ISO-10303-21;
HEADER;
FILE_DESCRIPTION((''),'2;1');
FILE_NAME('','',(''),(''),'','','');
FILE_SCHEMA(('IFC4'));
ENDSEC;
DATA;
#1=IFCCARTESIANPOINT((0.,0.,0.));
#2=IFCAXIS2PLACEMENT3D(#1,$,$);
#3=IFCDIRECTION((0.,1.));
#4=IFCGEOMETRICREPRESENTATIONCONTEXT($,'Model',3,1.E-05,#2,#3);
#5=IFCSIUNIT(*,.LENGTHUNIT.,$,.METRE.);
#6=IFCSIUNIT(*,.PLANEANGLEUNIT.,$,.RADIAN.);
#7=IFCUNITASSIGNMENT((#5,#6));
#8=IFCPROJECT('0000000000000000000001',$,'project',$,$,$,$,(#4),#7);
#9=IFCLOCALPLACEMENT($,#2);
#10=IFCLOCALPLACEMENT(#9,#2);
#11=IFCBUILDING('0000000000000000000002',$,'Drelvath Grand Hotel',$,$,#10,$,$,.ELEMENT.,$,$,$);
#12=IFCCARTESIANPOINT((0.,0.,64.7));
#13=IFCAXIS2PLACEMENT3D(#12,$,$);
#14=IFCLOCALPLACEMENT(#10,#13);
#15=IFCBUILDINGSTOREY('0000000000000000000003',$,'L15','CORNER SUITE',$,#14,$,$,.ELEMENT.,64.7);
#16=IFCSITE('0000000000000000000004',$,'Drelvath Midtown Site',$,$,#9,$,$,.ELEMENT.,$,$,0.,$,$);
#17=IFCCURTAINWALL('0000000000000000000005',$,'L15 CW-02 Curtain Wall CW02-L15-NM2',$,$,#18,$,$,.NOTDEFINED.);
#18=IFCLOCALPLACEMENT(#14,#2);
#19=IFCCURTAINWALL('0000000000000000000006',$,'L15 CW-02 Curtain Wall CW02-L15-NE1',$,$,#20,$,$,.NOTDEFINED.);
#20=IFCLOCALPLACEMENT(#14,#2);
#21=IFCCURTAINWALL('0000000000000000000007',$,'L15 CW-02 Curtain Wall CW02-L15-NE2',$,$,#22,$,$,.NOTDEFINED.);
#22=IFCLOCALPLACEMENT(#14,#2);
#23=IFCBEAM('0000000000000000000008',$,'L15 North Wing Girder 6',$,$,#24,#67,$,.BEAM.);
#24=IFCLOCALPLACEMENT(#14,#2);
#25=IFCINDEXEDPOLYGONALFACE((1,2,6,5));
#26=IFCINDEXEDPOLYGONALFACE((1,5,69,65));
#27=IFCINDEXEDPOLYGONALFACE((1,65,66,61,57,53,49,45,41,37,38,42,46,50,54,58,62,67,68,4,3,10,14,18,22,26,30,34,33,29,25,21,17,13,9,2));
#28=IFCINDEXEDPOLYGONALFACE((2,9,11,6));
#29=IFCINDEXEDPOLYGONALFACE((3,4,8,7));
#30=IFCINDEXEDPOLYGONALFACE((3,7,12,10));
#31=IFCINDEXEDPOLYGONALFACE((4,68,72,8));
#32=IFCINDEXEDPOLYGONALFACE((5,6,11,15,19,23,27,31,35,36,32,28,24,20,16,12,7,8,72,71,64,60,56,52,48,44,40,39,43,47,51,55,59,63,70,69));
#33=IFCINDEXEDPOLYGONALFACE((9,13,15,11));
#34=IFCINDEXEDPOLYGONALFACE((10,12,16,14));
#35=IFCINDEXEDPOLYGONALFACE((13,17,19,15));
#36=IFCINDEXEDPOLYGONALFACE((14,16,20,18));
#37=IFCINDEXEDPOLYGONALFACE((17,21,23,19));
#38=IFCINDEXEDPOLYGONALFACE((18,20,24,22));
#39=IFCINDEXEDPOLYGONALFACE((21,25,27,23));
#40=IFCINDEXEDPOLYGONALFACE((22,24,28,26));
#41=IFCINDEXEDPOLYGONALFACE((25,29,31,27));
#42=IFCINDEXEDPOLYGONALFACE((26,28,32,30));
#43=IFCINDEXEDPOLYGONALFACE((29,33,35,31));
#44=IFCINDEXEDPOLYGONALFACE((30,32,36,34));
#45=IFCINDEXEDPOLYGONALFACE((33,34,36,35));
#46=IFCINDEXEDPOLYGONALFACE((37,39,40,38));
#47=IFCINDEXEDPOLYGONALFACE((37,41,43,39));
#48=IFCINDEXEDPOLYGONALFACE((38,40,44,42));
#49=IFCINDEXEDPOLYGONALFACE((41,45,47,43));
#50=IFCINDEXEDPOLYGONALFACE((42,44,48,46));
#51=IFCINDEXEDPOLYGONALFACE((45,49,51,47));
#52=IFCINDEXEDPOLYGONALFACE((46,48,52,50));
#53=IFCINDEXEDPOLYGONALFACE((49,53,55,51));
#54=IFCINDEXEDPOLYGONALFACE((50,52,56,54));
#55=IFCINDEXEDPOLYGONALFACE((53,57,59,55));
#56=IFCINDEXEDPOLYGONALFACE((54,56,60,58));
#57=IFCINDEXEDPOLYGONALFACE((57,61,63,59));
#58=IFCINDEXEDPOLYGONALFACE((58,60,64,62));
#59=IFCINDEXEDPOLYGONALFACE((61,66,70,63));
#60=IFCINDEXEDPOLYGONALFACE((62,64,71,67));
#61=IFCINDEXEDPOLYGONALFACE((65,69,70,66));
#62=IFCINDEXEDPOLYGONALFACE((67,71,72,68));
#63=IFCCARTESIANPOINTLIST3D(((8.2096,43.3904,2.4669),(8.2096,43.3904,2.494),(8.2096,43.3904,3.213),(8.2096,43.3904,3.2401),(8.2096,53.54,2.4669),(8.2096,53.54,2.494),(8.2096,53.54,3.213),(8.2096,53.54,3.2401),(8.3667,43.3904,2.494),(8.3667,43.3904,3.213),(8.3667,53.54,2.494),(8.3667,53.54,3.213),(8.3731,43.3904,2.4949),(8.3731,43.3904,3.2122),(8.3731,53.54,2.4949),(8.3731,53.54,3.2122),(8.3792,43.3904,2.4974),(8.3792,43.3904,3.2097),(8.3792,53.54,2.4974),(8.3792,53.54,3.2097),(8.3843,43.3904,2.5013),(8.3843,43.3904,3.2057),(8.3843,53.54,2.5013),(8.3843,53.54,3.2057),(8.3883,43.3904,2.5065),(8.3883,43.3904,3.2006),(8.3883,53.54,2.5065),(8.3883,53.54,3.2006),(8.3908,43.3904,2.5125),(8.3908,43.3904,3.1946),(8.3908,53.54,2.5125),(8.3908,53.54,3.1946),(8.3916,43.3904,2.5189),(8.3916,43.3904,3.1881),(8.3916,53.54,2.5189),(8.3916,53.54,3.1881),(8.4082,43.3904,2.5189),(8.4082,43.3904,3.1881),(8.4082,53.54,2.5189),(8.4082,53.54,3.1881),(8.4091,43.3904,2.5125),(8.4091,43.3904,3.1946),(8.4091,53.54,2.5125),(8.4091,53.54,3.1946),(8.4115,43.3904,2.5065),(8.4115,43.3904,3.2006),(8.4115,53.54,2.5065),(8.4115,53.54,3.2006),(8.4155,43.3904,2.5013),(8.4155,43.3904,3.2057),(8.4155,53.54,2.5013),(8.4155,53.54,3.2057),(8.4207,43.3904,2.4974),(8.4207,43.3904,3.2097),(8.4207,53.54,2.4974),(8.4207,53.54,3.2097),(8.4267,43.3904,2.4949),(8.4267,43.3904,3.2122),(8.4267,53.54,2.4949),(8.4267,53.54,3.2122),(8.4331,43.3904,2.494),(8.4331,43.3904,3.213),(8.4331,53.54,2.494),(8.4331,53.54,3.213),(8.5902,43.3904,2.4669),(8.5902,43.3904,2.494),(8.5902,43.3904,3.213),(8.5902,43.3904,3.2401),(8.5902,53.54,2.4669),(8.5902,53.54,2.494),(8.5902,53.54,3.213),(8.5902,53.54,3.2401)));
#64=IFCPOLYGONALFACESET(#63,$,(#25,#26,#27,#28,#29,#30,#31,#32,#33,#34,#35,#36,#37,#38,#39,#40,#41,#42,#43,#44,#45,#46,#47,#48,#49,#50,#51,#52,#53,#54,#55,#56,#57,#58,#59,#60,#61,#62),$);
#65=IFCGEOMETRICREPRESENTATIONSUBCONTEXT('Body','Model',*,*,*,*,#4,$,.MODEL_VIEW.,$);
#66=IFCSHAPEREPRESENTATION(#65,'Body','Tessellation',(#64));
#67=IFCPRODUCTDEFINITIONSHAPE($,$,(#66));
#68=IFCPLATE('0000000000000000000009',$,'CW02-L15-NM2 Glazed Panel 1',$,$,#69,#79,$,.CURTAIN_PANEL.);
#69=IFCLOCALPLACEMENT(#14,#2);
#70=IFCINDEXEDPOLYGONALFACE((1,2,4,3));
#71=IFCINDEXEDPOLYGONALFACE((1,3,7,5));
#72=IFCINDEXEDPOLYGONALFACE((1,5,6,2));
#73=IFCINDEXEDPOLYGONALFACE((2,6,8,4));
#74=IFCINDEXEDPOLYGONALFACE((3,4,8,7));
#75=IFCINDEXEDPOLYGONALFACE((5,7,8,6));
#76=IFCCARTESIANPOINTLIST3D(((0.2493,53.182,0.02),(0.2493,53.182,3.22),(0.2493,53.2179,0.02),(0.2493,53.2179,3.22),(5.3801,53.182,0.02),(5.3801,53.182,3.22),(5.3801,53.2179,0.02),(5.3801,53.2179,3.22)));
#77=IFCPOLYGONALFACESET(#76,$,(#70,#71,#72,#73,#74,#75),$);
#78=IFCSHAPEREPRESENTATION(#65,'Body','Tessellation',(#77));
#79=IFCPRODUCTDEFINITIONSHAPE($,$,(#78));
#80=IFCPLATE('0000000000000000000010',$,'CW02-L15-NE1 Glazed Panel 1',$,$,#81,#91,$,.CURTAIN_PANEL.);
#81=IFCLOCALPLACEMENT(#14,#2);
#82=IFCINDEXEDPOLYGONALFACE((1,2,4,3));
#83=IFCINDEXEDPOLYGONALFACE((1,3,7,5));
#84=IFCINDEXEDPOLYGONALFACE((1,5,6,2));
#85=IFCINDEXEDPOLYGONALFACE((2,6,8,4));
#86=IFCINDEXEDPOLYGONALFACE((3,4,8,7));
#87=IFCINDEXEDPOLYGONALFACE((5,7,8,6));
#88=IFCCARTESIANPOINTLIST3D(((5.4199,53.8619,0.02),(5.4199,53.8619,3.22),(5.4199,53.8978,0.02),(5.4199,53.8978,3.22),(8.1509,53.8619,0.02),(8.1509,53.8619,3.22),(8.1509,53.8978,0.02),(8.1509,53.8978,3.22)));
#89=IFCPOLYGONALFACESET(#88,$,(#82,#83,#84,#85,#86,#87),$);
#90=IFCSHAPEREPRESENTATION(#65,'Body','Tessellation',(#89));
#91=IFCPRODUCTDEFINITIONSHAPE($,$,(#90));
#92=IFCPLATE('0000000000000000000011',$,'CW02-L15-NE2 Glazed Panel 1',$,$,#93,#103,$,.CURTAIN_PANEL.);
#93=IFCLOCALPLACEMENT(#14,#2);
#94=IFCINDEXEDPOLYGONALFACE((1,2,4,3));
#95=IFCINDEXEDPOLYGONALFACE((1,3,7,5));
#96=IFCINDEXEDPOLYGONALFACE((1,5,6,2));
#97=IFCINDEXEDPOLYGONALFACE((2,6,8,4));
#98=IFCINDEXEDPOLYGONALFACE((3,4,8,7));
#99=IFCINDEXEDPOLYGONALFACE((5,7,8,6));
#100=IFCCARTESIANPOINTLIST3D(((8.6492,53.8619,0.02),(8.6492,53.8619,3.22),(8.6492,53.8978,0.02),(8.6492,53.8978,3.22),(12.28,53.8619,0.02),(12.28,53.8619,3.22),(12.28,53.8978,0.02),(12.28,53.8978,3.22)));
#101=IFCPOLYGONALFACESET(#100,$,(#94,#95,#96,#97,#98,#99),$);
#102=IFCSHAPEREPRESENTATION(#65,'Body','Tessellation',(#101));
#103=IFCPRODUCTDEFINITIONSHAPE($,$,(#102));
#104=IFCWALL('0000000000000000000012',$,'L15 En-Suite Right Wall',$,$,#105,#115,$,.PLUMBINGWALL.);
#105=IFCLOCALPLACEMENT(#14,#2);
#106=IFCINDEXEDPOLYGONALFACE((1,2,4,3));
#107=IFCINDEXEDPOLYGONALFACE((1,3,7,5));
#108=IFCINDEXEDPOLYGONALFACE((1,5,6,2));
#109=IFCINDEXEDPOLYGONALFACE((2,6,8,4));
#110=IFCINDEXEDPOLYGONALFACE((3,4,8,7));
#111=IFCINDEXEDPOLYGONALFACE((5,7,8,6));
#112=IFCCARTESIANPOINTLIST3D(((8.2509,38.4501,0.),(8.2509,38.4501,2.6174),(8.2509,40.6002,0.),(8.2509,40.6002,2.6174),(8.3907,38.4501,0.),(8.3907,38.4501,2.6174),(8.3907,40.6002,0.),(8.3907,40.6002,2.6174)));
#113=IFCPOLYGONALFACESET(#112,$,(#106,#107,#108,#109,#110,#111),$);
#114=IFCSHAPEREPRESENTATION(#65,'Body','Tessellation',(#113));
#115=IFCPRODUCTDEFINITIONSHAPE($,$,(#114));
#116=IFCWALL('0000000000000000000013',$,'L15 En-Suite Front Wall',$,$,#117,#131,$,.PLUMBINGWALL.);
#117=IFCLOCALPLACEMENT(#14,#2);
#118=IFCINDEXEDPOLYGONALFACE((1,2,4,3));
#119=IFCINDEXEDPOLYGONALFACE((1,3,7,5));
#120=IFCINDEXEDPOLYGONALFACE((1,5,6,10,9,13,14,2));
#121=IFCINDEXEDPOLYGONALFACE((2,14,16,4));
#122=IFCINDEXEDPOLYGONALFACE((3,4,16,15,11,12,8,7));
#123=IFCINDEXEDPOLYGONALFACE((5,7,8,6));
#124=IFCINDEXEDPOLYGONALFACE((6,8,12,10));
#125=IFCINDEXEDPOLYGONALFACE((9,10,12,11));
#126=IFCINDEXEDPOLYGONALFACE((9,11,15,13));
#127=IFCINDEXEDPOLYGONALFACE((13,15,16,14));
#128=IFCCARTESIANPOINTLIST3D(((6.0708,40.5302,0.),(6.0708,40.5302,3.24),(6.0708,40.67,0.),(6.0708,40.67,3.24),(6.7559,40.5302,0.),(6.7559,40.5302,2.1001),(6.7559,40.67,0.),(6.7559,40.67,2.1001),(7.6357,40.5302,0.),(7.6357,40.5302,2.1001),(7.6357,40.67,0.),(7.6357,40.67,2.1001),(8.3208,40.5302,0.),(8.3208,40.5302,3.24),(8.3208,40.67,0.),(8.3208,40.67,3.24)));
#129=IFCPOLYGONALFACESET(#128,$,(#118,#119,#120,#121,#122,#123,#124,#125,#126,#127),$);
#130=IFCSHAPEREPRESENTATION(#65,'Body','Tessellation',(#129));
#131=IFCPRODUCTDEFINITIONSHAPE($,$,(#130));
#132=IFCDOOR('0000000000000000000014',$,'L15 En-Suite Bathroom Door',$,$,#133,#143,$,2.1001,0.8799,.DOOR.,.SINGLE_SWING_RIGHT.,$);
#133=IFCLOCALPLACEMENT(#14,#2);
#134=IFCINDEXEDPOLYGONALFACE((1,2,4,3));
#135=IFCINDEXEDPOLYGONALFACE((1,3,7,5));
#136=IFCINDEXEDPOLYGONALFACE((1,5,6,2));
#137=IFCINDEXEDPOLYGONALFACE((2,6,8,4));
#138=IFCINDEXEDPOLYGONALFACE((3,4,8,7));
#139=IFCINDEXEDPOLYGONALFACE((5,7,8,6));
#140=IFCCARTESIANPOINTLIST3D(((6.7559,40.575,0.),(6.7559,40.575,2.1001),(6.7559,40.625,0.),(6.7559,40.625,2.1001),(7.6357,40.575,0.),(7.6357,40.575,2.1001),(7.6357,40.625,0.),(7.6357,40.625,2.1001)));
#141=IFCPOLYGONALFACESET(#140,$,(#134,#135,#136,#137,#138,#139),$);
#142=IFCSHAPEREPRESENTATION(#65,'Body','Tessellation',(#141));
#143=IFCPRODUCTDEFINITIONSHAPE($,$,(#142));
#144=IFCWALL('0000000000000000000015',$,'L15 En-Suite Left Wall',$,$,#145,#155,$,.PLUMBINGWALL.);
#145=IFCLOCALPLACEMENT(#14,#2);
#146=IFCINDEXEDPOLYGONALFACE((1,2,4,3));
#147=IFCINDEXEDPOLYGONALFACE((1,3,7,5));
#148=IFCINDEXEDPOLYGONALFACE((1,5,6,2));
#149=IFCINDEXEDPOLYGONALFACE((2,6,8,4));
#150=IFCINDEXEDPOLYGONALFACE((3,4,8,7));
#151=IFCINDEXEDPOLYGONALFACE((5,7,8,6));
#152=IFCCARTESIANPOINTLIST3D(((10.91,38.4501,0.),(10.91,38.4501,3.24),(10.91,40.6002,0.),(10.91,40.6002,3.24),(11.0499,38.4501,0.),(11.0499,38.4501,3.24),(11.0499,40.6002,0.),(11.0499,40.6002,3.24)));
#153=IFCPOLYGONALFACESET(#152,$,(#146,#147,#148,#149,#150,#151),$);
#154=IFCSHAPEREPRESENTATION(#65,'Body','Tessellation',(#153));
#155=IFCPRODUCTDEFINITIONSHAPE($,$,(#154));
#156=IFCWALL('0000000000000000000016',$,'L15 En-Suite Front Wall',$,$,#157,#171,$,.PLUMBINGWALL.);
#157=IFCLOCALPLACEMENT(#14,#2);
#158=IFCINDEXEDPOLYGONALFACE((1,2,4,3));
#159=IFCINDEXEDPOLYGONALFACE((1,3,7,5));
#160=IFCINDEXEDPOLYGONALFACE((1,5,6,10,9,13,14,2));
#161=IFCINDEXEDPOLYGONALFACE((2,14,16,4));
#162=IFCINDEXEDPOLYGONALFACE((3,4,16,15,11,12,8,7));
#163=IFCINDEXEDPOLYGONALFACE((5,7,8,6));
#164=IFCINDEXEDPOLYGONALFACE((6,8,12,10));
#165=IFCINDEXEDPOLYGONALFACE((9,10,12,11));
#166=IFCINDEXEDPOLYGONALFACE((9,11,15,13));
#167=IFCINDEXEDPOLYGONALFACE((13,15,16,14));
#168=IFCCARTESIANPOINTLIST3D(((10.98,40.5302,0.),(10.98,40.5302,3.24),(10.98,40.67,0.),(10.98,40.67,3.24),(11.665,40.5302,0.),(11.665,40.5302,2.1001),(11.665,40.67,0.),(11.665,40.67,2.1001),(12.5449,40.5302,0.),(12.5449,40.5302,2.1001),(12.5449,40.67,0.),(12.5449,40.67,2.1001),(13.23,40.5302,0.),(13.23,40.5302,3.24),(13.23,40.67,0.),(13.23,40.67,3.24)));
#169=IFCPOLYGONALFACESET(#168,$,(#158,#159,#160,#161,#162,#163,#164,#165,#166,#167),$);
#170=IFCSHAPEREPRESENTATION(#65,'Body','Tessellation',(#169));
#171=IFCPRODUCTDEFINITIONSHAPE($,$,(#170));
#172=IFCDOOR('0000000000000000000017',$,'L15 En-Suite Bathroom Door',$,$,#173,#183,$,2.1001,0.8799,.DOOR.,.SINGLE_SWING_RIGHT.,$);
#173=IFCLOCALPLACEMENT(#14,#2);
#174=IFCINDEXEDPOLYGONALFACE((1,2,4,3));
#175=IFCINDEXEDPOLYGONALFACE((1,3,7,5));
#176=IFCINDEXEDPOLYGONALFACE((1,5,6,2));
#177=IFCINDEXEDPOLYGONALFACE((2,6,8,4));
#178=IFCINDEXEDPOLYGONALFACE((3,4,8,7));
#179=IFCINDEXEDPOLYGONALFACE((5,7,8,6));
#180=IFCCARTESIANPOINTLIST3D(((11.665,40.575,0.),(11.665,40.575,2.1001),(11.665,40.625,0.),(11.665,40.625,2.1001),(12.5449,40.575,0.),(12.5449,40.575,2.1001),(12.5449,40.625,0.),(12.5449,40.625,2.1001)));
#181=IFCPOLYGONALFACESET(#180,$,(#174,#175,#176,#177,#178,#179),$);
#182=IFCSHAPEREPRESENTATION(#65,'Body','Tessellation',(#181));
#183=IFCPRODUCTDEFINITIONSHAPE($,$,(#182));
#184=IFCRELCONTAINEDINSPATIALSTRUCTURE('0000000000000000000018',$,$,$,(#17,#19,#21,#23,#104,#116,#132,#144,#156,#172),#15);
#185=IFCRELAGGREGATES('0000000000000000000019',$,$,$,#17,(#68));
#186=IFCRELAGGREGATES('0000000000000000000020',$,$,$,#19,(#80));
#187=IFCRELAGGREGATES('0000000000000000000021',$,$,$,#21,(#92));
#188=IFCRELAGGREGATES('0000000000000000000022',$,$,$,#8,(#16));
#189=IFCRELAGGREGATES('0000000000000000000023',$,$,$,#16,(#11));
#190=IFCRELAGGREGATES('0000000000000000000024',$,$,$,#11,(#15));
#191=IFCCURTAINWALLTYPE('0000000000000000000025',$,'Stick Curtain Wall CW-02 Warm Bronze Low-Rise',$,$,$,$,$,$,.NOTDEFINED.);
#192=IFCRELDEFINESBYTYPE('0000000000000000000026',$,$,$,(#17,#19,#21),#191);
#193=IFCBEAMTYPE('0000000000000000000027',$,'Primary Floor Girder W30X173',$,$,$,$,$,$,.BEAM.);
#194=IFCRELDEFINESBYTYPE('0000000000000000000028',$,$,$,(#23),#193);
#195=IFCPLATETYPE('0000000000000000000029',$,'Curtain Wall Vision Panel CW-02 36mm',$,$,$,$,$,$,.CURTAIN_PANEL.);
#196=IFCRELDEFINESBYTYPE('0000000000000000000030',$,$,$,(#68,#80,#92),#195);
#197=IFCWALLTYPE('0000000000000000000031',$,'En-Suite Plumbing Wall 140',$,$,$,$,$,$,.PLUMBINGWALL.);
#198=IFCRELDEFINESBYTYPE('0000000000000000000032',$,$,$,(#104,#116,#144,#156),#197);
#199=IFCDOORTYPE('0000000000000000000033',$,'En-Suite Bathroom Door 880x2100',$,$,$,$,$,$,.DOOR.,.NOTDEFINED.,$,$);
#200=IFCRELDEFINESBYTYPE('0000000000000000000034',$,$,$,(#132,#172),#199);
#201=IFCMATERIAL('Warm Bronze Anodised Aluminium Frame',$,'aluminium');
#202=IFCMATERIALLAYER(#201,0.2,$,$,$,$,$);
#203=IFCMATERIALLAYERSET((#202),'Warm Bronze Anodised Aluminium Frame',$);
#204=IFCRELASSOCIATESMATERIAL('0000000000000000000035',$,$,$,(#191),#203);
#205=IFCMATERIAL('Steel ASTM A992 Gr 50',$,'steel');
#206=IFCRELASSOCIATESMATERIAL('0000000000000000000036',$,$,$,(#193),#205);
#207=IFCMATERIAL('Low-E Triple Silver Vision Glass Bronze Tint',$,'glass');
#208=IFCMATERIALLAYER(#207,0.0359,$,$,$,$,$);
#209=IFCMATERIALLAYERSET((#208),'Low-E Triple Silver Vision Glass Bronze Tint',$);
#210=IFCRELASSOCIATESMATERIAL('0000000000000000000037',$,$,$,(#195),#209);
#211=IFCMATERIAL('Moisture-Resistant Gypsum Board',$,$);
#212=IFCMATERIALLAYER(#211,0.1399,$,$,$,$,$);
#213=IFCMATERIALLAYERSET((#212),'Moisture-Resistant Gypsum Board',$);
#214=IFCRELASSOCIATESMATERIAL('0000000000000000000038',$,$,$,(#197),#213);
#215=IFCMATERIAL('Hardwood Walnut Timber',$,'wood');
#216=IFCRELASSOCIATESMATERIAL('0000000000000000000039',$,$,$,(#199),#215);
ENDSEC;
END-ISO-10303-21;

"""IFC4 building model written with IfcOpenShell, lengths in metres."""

from ifc_helpers import new_model, si_unit, direction, frame, frame_2d, origin, origin_2d, place, context, subcontext, project, spatial, rectangle, i_section, extrude, material, layer, layer_set, material_profile, profile_set, type_object, element, fill, aggregate, save


model = new_model("IFC4")

# Units and contexts
model_context = context("Model", 3, precision=1e-05, world=origin(), true_north=direction((0.0, 1.0)))
body_context = subcontext(model_context, "Body", "Model", "MODEL_VIEW")
ifc_project = project(units=[si_unit("LENGTHUNIT", "METRE"), si_unit("PLANEANGLEUNIT", "RADIAN")], contexts=[model_context])

# Site, building, storey
site_placement = place(None, origin())
site = spatial("IfcSite", under=ifc_project, at=site_placement, Name="Drelvath Midtown Site", CompositionType="ELEMENT", RefElevation=0.0)
building_placement = place(site_placement, origin())
building = spatial("IfcBuilding", under=site, at=building_placement, Name="Drelvath Grand Hotel", CompositionType="ELEMENT")
storey_placement = place(building_placement, frame((0.0, 0.0, 64.7)))
storey = spatial("IfcBuildingStorey", under=building, at=storey_placement, Name="L15", Description="CORNER SUITE", CompositionType="ELEMENT", Elevation=64.7)

# Curtain walls
ifc_material_1 = material(Name="Warm Bronze Anodised Aluminium Frame", Category="aluminium")
ifc_layer_1 = layer(ifc_material_1, 0.2)
ifc_layer_set_1 = layer_set([ifc_layer_1], Name="Warm Bronze Anodised Aluminium Frame")
curtain_wall_type = type_object("IfcCurtainWallType", Name="Stick Curtain Wall CW-02 Warm Bronze Low-Rise", PredefinedType="NOTDEFINED", material=ifc_layer_set_1)
curtain_wall_1_placement = place(storey_placement, origin())
curtain_wall_1 = element("IfcCurtainWall", 1, at=curtain_wall_1_placement, inside=storey, type_object=curtain_wall_type, Name="L15 CW-02 Curtain Wall CW02-L15-NM2", PredefinedType="NOTDEFINED")
curtain_wall_2_placement = place(storey_placement, origin())
curtain_wall_2 = element("IfcCurtainWall", 2, at=curtain_wall_2_placement, inside=storey, type_object=curtain_wall_type, Name="L15 CW-02 Curtain Wall CW02-L15-NE1", PredefinedType="NOTDEFINED")
curtain_wall_3_placement = place(storey_placement, origin())
curtain_wall_3 = element("IfcCurtainWall", 3, at=curtain_wall_3_placement, inside=storey, type_object=curtain_wall_type, Name="L15 CW-02 Curtain Wall CW02-L15-NE2", PredefinedType="NOTDEFINED")

# Beam
ifc_material_2 = material(Name="Steel ASTM A992 Gr 50", Category="steel")
ifc_material_profile_1 = material_profile(ifc_material_2, i_section(OverallWidth=0.3806, OverallDepth=0.7732, WebThickness=0.0166, FlangeThickness=0.0271, FilletRadius=0.0249, at=origin_2d()), Name="W30X173")
ifc_profile_set_1 = profile_set([ifc_material_profile_1], Name="Steel ASTM A992 Gr 50")
beam_type_1 = type_object("IfcBeamType", Name="Primary Floor Girder W30X173", PredefinedType="BEAM", material=ifc_profile_set_1)
beam_1_placement = place(storey_placement, frame((8.3999, 43.3904, 2.8535), z_axis=(0.0, 1.0, 0.0), x_axis=(-1.0, 0.0, 0.0)))
element("IfcBeam", 4, at=beam_1_placement, inside=storey, type_object=beam_type_1, Name="L15 North Wing Girder 6", PredefinedType="BEAM", context=body_context, shape_type="SweptSolid", body=[
    extrude(i_section(OverallWidth=0.3806, OverallDepth=0.7732, WebThickness=0.0166, FlangeThickness=0.0271, FilletRadius=0.0249, at=origin_2d()), origin(), (0.0, 0.0, 1.0), 10.1497),
])

# Plates
ifc_material_3 = material(Name="Low-E Triple Silver Vision Glass Bronze Tint", Category="glass")
ifc_layer_2 = layer(ifc_material_3, 0.0359)
ifc_layer_set_2 = layer_set([ifc_layer_2], Name="Low-E Triple Silver Vision Glass Bronze Tint")
plate_type = type_object("IfcPlateType", Name="Curtain Wall Vision Panel CW-02 36mm", PredefinedType="CURTAIN_PANEL", material=ifc_layer_set_2)
plate_1_placement = place(storey_placement, frame((2.8147, 53.2, 0.02), z_axis=(0.0, 0.0, 1.0), x_axis=(1.0, 0.0, 0.0)))
plate_1 = element("IfcPlate", 5, at=plate_1_placement, type_object=plate_type, Name="CW02-L15-NM2 Glazed Panel 1", PredefinedType="CURTAIN_PANEL", context=body_context, shape_type="SweptSolid", body=[
    extrude(rectangle(XDim=5.1309, YDim=0.0359, at=origin_2d()), origin(), (0.0, 0.0, 1.0), 3.2),
])
aggregate(curtain_wall_1, [plate_1])
plate_2_placement = place(storey_placement, frame((6.7854, 53.8799, 0.02), z_axis=(0.0, 0.0, 1.0), x_axis=(1.0, 0.0, 0.0)))
plate_2 = element("IfcPlate", 6, at=plate_2_placement, type_object=plate_type, Name="CW02-L15-NE1 Glazed Panel 1", PredefinedType="CURTAIN_PANEL", context=body_context, shape_type="SweptSolid", body=[
    extrude(rectangle(XDim=2.731, YDim=0.0359, at=origin_2d()), origin(), (0.0, 0.0, 1.0), 3.2),
])
aggregate(curtain_wall_2, [plate_2])
plate_3_placement = place(storey_placement, frame((10.4646, 53.8799, 0.02), z_axis=(0.0, 0.0, 1.0), x_axis=(1.0, 0.0, 0.0)))
plate_3 = element("IfcPlate", 7, at=plate_3_placement, type_object=plate_type, Name="CW02-L15-NE2 Glazed Panel 1", PredefinedType="CURTAIN_PANEL", context=body_context, shape_type="SweptSolid", body=[
    extrude(rectangle(XDim=3.6309, YDim=0.0359, at=origin_2d()), origin(), (0.0, 0.0, 1.0), 3.2),
])
aggregate(curtain_wall_3, [plate_3])

# Wall
ifc_material_4 = material(Name="Moisture-Resistant Gypsum Board")
ifc_layer_3 = layer(ifc_material_4, 0.1399)
ifc_layer_set_3 = layer_set([ifc_layer_3], Name="Moisture-Resistant Gypsum Board")
wall_type_1 = type_object("IfcWallType", Name="En-Suite Plumbing Wall 140", PredefinedType="PLUMBINGWALL", material=ifc_layer_set_3)
wall_1_placement = place(storey_placement, frame((8.3208, 38.45, 0.0), z_axis=(0.0, 0.0, 1.0), x_axis=(0.0, 1.0, 0.0)))
element("IfcWall", 8, at=wall_1_placement, inside=storey, type_object=wall_type_1, Name="L15 En-Suite Right Wall", PredefinedType="PLUMBINGWALL", context=body_context, shape_type="SweptSolid", body=[
    extrude(rectangle(XDim=2.1501, YDim=0.1399, at=frame_2d((1.0752, 0.0))), origin(), (0.0, 0.0, 1.0), 2.6174),
])

# Wall, opening, door
wall_2_placement = place(storey_placement, frame((6.0708, 40.6001, 0.0), z_axis=(0.0, 0.0, 1.0), x_axis=(1.0, 0.0, 0.0)))
wall_2 = element("IfcWall", 9, at=wall_2_placement, inside=storey, type_object=wall_type_1, Name="L15 En-Suite Front Wall", PredefinedType="PLUMBINGWALL", context=body_context, shape_type="SweptSolid", body=[
    extrude(rectangle(XDim=2.25, YDim=0.1399, at=frame_2d((1.125, 0.0))), origin(), (0.0, 0.0, 1.0), 3.24),
])
opening_1_placement = place(wall_2_placement, frame((0.6851, 0.0, 0.0)))
opening_1 = element("IfcOpeningElement", 10, at=opening_1_placement, cuts=wall_2, PredefinedType="OPENING", context=body_context, shape_type="SweptSolid", body=[
    extrude(rectangle(XDim=0.8799, YDim=2.1001, at=frame_2d((0.4399, 1.05))), frame((0.0, 0.0798, 0.0), z_axis=(0.0, -1.0, 0.0), x_axis=(1.0, 0.0, 0.0)), (0.0, 0.0, 1.0), 0.1599),
])
ifc_material_5 = material(Name="Hardwood Walnut Timber", Category="wood")
door_type = type_object("IfcDoorType", Name="En-Suite Bathroom Door 880x2100", OperationType="NOTDEFINED", PredefinedType="DOOR", material=ifc_material_5)
door_1_placement = place(opening_1_placement, origin())
door_1 = element("IfcDoor", 11, at=door_1_placement, inside=storey, type_object=door_type, Name="L15 En-Suite Bathroom Door", OperationType="SINGLE_SWING_RIGHT", OverallHeight=2.1001, OverallWidth=0.8799, PredefinedType="DOOR", context=body_context, shape_type="SweptSolid", body=[
    extrude(rectangle(XDim=0.8799, YDim=2.1001, at=frame_2d((0.4399, 1.05))), frame((0.0, 0.0249, 0.0), z_axis=(0.0, -1.0, 0.0), x_axis=(1.0, 0.0, 0.0)), (0.0, 0.0, 1.0), 0.05),
])
fill(opening_1, door_1)

# Wall
wall_3_placement = place(storey_placement, frame((10.98, 38.45, 0.0), z_axis=(0.0, 0.0, 1.0), x_axis=(0.0, 1.0, 0.0)))
element("IfcWall", 12, at=wall_3_placement, inside=storey, type_object=wall_type_1, Name="L15 En-Suite Left Wall", PredefinedType="PLUMBINGWALL", context=body_context, shape_type="SweptSolid", body=[
    extrude(rectangle(XDim=2.1501, YDim=0.1399, at=frame_2d((1.0752, 0.0))), origin(), (0.0, 0.0, 1.0), 3.24),
])

# Wall, opening, door
wall_4_placement = place(storey_placement, frame((10.98, 40.6001, 0.0), z_axis=(0.0, 0.0, 1.0), x_axis=(1.0, 0.0, 0.0)))
wall_4 = element("IfcWall", 13, at=wall_4_placement, inside=storey, type_object=wall_type_1, Name="L15 En-Suite Front Wall", PredefinedType="PLUMBINGWALL", context=body_context, shape_type="SweptSolid", body=[
    extrude(rectangle(XDim=2.25, YDim=0.1399, at=frame_2d((1.125, 0.0))), origin(), (0.0, 0.0, 1.0), 3.24),
])
opening_2_placement = place(wall_4_placement, frame((0.6851, 0.0, 0.0)))
opening_2 = element("IfcOpeningElement", 14, at=opening_2_placement, cuts=wall_4, PredefinedType="OPENING", context=body_context, shape_type="SweptSolid", body=[
    extrude(rectangle(XDim=0.8799, YDim=2.1001, at=frame_2d((0.4399, 1.05))), frame((0.0, 0.0798, 0.0), z_axis=(0.0, -1.0, 0.0), x_axis=(1.0, 0.0, 0.0)), (0.0, 0.0, 1.0), 0.1599),
])
door_2_placement = place(opening_2_placement, origin())
door_2 = element("IfcDoor", 15, at=door_2_placement, inside=storey, type_object=door_type, Name="L15 En-Suite Bathroom Door", OperationType="SINGLE_SWING_RIGHT", OverallHeight=2.1001, OverallWidth=0.8799, PredefinedType="DOOR", context=body_context, shape_type="SweptSolid", body=[
    extrude(rectangle(XDim=0.8799, YDim=2.1001, at=frame_2d((0.4399, 1.05))), frame((0.0, 0.0249, 0.0), z_axis=(0.0, -1.0, 0.0), x_axis=(1.0, 0.0, 0.0)), (0.0, 0.0, 1.0), 0.05),
])
fill(opening_2, door_2)

save(model, "model.ifc")
